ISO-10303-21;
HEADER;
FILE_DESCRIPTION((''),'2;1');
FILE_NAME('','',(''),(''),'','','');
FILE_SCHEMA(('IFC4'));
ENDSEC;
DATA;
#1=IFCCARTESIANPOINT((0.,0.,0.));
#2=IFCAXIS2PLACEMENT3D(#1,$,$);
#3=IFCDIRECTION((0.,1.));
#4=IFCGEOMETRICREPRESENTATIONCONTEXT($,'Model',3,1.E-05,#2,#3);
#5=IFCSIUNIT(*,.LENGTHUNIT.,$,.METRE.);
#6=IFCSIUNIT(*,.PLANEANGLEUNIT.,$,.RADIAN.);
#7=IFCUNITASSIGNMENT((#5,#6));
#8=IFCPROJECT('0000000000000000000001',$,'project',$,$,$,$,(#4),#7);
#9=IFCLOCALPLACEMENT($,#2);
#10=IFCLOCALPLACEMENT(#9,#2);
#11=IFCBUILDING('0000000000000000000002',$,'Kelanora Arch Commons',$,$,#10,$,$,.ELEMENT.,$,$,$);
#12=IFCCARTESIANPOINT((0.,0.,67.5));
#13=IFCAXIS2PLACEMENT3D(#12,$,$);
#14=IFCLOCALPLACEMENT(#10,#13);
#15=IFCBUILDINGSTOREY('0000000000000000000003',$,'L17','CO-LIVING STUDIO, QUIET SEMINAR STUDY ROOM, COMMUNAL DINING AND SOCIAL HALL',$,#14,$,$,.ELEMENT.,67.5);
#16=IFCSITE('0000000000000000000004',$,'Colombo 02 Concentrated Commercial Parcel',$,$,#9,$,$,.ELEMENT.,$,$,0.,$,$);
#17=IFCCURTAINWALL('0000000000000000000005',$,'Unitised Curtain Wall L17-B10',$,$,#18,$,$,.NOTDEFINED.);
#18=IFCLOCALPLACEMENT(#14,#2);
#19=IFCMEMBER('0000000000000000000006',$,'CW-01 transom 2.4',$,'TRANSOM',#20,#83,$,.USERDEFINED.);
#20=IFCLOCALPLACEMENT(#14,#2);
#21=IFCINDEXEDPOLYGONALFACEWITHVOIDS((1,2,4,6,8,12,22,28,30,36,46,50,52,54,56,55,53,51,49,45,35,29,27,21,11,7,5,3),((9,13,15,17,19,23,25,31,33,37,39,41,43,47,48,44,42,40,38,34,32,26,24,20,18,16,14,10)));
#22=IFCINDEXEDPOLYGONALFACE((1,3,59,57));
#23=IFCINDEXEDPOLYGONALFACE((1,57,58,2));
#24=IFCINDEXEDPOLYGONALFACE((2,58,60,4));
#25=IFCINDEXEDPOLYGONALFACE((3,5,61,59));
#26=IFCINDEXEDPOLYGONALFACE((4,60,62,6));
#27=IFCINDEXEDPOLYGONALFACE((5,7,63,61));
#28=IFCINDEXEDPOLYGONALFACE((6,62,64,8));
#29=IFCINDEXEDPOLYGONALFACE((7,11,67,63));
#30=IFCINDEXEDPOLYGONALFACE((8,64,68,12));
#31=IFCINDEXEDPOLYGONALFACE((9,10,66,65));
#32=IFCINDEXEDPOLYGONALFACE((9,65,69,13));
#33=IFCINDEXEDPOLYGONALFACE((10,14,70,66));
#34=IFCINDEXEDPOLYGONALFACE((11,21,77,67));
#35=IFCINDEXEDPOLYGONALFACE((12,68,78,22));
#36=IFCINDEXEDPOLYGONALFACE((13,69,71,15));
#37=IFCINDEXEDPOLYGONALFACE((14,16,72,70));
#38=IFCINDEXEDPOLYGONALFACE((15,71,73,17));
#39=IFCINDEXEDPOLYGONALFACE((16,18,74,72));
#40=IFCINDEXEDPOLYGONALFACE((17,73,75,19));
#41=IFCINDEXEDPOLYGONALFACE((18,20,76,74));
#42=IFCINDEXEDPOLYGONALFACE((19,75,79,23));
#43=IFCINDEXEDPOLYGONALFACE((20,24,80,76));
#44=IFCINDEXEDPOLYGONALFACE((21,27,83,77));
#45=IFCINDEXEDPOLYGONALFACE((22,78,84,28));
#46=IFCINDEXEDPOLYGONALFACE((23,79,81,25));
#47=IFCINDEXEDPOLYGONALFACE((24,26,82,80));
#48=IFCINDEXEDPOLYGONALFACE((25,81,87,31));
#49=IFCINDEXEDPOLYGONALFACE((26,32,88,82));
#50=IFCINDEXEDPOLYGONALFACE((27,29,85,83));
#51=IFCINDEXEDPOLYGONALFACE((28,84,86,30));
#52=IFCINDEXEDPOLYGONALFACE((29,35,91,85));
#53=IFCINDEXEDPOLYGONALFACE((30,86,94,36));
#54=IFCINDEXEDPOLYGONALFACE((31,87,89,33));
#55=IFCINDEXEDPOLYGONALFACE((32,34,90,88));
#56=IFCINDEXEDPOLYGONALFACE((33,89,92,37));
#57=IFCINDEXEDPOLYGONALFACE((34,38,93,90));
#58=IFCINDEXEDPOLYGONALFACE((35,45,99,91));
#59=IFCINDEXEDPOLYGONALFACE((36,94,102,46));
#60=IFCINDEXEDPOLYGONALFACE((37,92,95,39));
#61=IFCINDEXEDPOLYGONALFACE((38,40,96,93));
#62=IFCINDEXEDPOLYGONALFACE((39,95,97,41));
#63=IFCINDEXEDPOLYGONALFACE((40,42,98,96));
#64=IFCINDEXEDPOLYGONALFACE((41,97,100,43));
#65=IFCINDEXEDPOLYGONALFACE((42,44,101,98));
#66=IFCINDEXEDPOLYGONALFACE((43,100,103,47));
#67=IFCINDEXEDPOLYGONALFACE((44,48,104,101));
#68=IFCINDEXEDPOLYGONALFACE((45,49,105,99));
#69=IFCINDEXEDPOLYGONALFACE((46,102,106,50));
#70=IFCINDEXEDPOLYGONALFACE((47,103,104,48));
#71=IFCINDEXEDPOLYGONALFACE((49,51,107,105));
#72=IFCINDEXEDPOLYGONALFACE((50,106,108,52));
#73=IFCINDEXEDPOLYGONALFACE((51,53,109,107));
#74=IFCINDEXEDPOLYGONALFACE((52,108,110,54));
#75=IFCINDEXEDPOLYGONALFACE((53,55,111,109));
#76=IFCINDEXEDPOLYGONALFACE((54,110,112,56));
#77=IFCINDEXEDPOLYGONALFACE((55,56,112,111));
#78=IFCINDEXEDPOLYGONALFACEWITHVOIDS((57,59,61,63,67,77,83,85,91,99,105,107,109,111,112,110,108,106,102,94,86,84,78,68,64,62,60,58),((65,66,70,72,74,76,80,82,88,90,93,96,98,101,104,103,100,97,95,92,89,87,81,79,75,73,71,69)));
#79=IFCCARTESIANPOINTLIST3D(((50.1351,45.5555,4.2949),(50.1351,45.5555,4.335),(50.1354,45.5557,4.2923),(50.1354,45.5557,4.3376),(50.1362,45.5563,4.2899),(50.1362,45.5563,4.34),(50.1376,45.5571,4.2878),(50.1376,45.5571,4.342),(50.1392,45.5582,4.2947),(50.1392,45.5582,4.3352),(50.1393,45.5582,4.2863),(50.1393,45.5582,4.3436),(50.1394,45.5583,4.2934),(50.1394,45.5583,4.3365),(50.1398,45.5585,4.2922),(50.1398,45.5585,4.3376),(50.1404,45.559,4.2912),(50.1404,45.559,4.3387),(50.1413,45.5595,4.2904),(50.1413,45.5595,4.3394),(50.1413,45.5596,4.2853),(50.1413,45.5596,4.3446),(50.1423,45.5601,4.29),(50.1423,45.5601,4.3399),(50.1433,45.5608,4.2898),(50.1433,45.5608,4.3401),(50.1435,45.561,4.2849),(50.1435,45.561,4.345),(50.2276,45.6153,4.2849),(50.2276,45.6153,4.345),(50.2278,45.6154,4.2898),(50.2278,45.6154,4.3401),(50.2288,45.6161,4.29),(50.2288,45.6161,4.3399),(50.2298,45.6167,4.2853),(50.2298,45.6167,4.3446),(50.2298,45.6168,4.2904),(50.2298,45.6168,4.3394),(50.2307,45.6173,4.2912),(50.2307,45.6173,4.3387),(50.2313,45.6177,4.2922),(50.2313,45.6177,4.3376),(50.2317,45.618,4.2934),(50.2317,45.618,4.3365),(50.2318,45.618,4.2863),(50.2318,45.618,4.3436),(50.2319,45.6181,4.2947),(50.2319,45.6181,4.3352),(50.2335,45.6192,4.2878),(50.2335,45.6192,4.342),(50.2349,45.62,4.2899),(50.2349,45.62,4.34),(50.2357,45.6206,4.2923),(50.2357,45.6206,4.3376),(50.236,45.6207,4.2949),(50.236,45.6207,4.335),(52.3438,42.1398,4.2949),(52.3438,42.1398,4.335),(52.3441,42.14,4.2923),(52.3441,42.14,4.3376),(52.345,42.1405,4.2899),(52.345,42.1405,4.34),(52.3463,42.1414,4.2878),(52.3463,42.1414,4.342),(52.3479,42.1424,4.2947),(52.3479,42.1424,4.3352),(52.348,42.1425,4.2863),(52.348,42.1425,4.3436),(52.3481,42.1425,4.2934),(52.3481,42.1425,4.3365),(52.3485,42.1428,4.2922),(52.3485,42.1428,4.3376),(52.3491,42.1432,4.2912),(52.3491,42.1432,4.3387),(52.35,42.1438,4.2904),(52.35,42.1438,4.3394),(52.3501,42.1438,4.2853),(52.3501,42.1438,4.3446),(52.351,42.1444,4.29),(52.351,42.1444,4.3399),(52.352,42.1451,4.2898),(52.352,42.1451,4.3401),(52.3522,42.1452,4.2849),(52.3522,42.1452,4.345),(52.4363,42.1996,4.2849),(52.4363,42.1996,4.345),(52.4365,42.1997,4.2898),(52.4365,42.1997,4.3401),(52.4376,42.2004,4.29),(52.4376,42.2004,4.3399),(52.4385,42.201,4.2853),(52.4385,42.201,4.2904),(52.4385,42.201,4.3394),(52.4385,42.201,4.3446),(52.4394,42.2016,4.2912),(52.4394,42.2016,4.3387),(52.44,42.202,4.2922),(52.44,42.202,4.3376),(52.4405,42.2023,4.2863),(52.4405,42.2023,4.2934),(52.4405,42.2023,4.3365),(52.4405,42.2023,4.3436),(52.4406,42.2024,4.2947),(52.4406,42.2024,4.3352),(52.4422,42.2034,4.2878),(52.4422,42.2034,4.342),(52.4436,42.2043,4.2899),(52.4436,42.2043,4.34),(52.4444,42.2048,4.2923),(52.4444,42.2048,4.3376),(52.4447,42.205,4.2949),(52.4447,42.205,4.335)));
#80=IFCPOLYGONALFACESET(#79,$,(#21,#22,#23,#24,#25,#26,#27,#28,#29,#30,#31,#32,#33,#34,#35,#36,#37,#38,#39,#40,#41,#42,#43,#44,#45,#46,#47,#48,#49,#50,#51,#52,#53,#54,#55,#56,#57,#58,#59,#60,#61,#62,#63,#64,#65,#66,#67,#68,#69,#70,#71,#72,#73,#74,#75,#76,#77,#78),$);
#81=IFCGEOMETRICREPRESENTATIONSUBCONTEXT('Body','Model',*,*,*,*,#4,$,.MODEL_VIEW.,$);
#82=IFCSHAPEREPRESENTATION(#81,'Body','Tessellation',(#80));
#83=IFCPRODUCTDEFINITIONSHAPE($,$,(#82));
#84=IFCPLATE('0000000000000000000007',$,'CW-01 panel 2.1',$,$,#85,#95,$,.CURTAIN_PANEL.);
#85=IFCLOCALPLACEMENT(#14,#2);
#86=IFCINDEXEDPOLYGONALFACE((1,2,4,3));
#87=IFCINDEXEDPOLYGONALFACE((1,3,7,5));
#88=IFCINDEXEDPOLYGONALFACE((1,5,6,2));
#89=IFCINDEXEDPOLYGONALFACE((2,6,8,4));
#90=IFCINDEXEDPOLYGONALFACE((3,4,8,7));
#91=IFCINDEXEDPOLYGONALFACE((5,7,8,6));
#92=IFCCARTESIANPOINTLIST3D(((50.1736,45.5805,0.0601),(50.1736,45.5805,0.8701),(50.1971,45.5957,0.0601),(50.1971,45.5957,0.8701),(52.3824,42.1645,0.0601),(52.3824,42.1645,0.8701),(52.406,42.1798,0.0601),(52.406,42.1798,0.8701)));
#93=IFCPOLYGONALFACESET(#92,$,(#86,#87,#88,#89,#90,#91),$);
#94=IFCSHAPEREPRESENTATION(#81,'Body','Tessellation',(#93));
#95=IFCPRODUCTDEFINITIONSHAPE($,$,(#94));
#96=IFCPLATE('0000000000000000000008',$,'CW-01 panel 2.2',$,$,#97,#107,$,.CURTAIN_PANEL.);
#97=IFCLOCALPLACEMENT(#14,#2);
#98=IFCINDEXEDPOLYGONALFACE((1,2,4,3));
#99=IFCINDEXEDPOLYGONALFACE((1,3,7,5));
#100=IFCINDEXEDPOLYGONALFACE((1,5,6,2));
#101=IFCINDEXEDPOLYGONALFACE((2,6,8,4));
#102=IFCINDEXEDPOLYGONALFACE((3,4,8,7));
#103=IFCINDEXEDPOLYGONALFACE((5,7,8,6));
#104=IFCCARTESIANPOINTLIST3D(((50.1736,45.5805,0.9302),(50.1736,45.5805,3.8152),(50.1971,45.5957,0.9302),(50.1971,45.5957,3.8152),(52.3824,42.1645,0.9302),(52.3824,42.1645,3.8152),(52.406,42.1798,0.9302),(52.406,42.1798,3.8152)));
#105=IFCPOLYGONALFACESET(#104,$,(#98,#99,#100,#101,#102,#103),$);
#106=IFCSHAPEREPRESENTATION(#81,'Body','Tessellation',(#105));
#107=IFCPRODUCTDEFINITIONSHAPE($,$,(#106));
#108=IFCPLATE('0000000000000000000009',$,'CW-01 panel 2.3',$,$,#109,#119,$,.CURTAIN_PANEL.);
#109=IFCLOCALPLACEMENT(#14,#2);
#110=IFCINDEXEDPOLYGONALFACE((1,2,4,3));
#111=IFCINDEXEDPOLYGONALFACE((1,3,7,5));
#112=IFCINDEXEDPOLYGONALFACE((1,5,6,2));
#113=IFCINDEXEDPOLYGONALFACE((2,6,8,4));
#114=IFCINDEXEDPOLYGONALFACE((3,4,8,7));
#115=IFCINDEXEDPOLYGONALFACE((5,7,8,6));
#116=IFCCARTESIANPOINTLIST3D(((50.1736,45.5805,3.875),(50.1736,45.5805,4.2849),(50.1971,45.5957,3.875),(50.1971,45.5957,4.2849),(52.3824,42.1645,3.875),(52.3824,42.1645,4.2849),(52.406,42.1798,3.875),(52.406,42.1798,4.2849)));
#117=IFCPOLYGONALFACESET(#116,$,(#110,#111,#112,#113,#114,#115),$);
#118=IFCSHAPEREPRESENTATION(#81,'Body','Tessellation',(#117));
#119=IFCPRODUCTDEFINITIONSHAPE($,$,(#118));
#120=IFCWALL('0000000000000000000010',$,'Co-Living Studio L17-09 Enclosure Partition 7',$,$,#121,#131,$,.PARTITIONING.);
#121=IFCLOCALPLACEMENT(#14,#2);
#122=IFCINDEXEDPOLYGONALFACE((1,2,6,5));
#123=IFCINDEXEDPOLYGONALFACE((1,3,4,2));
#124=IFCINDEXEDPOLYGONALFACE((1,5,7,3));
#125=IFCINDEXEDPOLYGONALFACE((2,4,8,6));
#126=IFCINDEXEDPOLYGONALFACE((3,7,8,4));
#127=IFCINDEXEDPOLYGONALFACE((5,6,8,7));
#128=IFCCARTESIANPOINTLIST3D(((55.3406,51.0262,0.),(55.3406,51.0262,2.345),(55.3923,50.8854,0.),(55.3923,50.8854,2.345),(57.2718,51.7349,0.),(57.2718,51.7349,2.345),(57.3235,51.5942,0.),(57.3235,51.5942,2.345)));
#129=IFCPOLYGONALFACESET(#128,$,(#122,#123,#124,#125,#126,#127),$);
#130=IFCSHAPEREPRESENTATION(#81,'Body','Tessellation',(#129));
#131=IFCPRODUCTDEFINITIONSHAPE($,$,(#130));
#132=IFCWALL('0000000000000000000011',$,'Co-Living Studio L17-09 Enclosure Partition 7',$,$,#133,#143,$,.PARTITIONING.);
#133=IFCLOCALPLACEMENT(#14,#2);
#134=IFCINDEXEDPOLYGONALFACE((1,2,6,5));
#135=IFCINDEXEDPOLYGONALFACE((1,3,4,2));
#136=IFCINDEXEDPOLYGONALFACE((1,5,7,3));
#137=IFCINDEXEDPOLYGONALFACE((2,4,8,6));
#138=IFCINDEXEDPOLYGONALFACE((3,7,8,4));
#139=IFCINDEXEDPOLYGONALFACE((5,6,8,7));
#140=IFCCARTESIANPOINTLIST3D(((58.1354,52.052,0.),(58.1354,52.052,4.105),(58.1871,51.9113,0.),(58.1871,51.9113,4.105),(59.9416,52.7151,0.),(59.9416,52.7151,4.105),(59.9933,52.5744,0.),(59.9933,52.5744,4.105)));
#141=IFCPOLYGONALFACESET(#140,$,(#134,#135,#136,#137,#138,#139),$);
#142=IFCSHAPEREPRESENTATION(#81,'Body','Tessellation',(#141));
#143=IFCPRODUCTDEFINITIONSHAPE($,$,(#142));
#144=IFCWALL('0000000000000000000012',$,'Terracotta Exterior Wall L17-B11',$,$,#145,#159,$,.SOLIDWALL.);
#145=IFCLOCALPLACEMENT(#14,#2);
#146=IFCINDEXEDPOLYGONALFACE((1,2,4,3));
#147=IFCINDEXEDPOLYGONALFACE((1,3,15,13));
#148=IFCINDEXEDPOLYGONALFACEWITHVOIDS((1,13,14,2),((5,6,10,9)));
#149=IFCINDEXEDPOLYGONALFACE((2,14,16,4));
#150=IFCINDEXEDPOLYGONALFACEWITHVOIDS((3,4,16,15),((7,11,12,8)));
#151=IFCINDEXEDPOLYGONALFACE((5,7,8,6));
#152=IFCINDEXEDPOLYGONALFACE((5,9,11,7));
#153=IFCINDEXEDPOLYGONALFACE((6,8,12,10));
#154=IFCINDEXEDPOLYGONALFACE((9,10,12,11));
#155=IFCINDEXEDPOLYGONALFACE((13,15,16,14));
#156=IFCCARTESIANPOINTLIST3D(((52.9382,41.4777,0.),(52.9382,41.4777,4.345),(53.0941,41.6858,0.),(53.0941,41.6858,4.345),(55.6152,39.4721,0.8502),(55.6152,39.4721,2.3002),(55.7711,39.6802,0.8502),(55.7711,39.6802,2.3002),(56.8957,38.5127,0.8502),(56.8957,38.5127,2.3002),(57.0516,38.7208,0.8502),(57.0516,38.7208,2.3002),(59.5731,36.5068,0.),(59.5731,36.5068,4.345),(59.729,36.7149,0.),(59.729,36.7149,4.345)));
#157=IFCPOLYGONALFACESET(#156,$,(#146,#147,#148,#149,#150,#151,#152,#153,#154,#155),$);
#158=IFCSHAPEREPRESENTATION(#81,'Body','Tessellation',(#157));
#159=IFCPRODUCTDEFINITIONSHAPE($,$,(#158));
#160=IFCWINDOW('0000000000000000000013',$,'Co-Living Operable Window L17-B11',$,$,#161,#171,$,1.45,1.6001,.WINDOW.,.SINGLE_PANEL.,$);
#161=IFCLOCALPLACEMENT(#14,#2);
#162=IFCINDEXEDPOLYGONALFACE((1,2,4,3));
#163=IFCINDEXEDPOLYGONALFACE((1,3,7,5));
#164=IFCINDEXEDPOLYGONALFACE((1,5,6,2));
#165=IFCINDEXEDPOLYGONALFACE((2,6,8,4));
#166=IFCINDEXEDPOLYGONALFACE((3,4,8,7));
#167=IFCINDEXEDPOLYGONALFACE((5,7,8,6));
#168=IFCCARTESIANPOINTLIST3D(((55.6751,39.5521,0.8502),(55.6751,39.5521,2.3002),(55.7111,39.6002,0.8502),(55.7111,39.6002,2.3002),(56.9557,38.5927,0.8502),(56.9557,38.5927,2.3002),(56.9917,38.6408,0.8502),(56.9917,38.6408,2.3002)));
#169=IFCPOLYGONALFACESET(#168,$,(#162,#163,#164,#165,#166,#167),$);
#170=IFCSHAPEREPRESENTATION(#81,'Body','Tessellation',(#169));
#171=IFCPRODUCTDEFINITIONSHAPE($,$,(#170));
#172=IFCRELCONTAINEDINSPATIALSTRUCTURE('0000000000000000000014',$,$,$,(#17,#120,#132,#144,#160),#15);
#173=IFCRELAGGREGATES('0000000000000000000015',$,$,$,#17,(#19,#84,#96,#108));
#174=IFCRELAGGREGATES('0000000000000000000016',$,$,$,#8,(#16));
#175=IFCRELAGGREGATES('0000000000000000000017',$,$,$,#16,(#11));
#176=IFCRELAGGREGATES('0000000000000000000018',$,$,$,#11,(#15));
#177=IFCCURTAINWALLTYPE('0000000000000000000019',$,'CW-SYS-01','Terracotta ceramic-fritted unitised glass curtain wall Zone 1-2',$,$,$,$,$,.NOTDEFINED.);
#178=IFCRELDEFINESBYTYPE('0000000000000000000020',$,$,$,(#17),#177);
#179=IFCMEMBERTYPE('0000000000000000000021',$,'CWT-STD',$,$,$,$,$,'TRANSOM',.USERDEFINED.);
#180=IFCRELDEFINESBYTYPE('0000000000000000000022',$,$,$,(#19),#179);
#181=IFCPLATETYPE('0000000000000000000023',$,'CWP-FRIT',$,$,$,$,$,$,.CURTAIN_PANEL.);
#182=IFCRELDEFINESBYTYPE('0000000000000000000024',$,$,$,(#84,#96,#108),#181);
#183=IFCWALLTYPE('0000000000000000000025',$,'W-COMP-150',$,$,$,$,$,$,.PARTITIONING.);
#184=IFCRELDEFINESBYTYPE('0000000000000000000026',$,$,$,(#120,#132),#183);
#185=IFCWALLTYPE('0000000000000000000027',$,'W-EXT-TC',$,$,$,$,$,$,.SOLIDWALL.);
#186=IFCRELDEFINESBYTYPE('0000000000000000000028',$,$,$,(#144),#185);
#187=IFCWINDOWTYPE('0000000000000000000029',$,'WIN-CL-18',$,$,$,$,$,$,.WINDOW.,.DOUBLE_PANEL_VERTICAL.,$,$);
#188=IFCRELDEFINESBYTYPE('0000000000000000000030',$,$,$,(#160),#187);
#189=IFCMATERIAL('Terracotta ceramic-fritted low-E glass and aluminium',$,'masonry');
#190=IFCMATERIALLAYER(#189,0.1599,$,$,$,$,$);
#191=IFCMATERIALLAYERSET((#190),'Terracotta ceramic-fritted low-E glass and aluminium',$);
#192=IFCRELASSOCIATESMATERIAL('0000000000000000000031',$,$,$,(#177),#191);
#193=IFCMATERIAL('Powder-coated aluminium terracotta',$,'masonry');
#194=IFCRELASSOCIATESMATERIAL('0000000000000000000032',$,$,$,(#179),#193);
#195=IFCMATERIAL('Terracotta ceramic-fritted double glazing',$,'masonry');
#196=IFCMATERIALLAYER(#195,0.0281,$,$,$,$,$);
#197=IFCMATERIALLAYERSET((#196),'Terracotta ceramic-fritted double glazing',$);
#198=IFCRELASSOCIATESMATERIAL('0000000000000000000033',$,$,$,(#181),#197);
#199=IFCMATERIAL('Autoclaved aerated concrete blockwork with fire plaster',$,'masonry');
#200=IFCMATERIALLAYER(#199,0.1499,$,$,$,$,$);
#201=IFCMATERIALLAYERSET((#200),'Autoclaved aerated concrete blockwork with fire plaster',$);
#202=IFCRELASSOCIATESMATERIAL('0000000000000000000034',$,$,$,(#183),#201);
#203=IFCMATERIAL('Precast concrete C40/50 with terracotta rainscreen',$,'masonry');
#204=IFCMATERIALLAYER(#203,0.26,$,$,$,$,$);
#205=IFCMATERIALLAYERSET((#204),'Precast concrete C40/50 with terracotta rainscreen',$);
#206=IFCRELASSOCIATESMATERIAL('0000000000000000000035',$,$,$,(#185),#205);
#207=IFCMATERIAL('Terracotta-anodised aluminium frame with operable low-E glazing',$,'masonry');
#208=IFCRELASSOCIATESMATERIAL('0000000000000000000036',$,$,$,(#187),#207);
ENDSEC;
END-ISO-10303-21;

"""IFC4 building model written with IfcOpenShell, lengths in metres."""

from ifc_helpers import new_model, si_unit, direction, frame, frame_2d, origin, origin_2d, place, context, subcontext, project, spatial, rectangle, hollow_rectangle, extrude, source, transform, mapped, material, layer, layer_set, material_profile, profile_set, type_object, element, fill, aggregate, save


model = new_model("IFC4")

# Units and contexts
model_context = context("Model", 3, precision=1e-05, world=origin(), true_north=direction((0.0, 1.0)))
body_context = subcontext(model_context, "Body", "Model", "MODEL_VIEW")
ifc_project = project(units=[si_unit("LENGTHUNIT", "METRE"), si_unit("PLANEANGLEUNIT", "RADIAN")], contexts=[model_context])

# Site, building, storey
site_placement = place(None, origin())
site = spatial("IfcSite", under=ifc_project, at=site_placement, Name="Colombo 02 Concentrated Commercial Parcel", CompositionType="ELEMENT", RefElevation=0.0)
building_placement = place(site_placement, origin())
building = spatial("IfcBuilding", under=site, at=building_placement, Name="Kelanora Arch Commons", CompositionType="ELEMENT")
storey_placement = place(building_placement, frame((0.0, 0.0, 67.5)))
storey = spatial("IfcBuildingStorey", under=building, at=storey_placement, Name="L17", Description="CO-LIVING STUDIO, QUIET SEMINAR STUDY ROOM, COMMUNAL DINING AND SOCIAL HALL", CompositionType="ELEMENT", Elevation=67.5)

# Curtain wall, member, plates
ifc_material_1 = material(Name="Terracotta ceramic-fritted low-E glass and aluminium", Category="masonry")
ifc_layer_1 = layer(ifc_material_1, 0.1599)
ifc_layer_set_1 = layer_set([ifc_layer_1], Name="Terracotta ceramic-fritted low-E glass and aluminium")
curtain_wall_type = type_object("IfcCurtainWallType", Name="CW-SYS-01", Description="Terracotta ceramic-fritted unitised glass curtain wall Zone 1-2", PredefinedType="NOTDEFINED", material=ifc_layer_set_1)
curtain_wall_placement = place(storey_placement, origin())
curtain_wall = element("IfcCurtainWall", 1, at=curtain_wall_placement, inside=storey, type_object=curtain_wall_type, Name="Unitised Curtain Wall L17-B10", PredefinedType="NOTDEFINED")
ifc_material_2 = material(Name="Powder-coated aluminium terracotta", Category="masonry")
ifc_material_profile_1 = material_profile(ifc_material_2, hollow_rectangle(XDim=0.1201, YDim=0.0601, WallThickness=0.0049, InnerFilletRadius=0.0049, OuterFilletRadius=0.01, at=origin_2d()), Name="CWT120x60")
ifc_profile_set_1 = profile_set([ifc_material_profile_1], Name="Powder-coated aluminium terracotta")
member_type_1 = type_object("IfcMemberType", Name="CWT-STD", ElementType="TRANSOM", PredefinedType="USERDEFINED", material=ifc_profile_set_1)
member_1_placement = place(storey_placement, frame((50.1855, 45.5881, 4.3149), z_axis=(0.542997, -0.839734, 0.0), x_axis=(0.839734, 0.542997, 0.0)))
member_1 = element("IfcMember", 2, at=member_1_placement, type_object=member_type_1, Name="CW-01 transom 2.4", ObjectType="TRANSOM", PredefinedType="USERDEFINED", context=body_context, shape_type="SweptSolid", body=[
    extrude(hollow_rectangle(XDim=0.1201, YDim=0.0601, WallThickness=0.0049, InnerFilletRadius=0.0049, OuterFilletRadius=0.01, at=origin_2d()), origin(), (0.0, 0.0, 1.0), 4.0676),
])
ifc_material_3 = material(Name="Terracotta ceramic-fritted double glazing", Category="masonry")
ifc_layer_2 = layer(ifc_material_3, 0.0281)
ifc_layer_set_2 = layer_set([ifc_layer_2], Name="Terracotta ceramic-fritted double glazing")
plate_type = type_object("IfcPlateType", Name="CWP-FRIT", PredefinedType="CURTAIN_PANEL", material=ifc_layer_set_2)
shared_shape_1 = source(origin(), body_context, "Body", "SweptSolid", [
    extrude(rectangle(XDim=4.0679, YDim=0.0281, at=origin_2d()), origin(), (0.0, 0.0, 1.0), 0.8101),
])
plate_1_placement = place(storey_placement, frame((51.2898, 43.8801, 0.0601), z_axis=(0.0, 0.0, 1.0), x_axis=(0.543004, -0.83973, 0.0)))
plate_1 = element("IfcPlate", 3, at=plate_1_placement, type_object=plate_type, Name="CW-01 panel 2.1", PredefinedType="CURTAIN_PANEL", context=body_context, shape_type="MappedRepresentation", body=[
    mapped(shared_shape_1, transform((0.0, 0.0, 0.0), scale=1.0)),
])
shared_shape_2 = source(origin(), body_context, "Body", "SweptSolid", [
    extrude(rectangle(XDim=4.0679, YDim=0.0281, at=origin_2d()), origin(), (0.0, 0.0, 1.0), 2.885),
])
plate_2_placement = place(storey_placement, frame((51.2898, 43.8801, 0.9302), z_axis=(0.0, 0.0, 1.0), x_axis=(0.543004, -0.83973, 0.0)))
plate_2 = element("IfcPlate", 4, at=plate_2_placement, type_object=plate_type, Name="CW-01 panel 2.2", PredefinedType="CURTAIN_PANEL", context=body_context, shape_type="MappedRepresentation", body=[
    mapped(shared_shape_2, transform((0.0, 0.0, 0.0), scale=1.0)),
])
shared_shape_3 = source(origin(), body_context, "Body", "SweptSolid", [
    extrude(rectangle(XDim=4.0679, YDim=0.0281, at=origin_2d()), origin(), (0.0, 0.0, 1.0), 0.4099),
])
plate_3_placement = place(storey_placement, frame((51.2898, 43.8801, 3.875), z_axis=(0.0, 0.0, 1.0), x_axis=(0.543004, -0.83973, 0.0)))
plate_3 = element("IfcPlate", 5, at=plate_3_placement, type_object=plate_type, Name="CW-01 panel 2.3", PredefinedType="CURTAIN_PANEL", context=body_context, shape_type="MappedRepresentation", body=[
    mapped(shared_shape_3, transform((0.0, 0.0, 0.0), scale=1.0)),
])
aggregate(curtain_wall, [member_1, plate_1, plate_2, plate_3])

# Walls
ifc_material_4 = material(Name="Autoclaved aerated concrete blockwork with fire plaster", Category="masonry")
ifc_layer_3 = layer(ifc_material_4, 0.1499)
ifc_layer_set_3 = layer_set([ifc_layer_3], Name="Autoclaved aerated concrete blockwork with fire plaster")
wall_type_1 = type_object("IfcWallType", Name="W-COMP-150", PredefinedType="PARTITIONING", material=ifc_layer_set_3)
wall_1_placement = place(storey_placement, frame((55.3665, 50.9558, 0.0), z_axis=(0.0, 0.0, 1.0), x_axis=(0.938774, 0.344534, 0.0)))
element("IfcWall", 6, at=wall_1_placement, inside=storey, type_object=wall_type_1, Name="Co-Living Studio L17-09 Enclosure Partition 7", PredefinedType="PARTITIONING", context=body_context, shape_type="SweptSolid", body=[
    extrude(rectangle(XDim=2.0571, YDim=0.1499, at=frame_2d((1.0286, 0.0))), origin(), (0.0, 0.0, 1.0), 2.345),
])
wall_2_placement = place(storey_placement, frame((58.1614, 51.9817, 0.0), z_axis=(0.0, 0.0, 1.0), x_axis=(0.938737, 0.344635, 0.0)))
element("IfcWall", 7, at=wall_2_placement, inside=storey, type_object=wall_type_1, Name="Co-Living Studio L17-09 Enclosure Partition 7", PredefinedType="PARTITIONING", context=body_context, shape_type="SweptSolid", body=[
    extrude(rectangle(XDim=1.9241, YDim=0.1499, at=frame_2d((0.9619, 0.0))), origin(), (0.0, 0.0, 1.0), 4.105),
])

# Wall, opening, window
ifc_material_5 = material(Name="Precast concrete C40/50 with terracotta rainscreen", Category="masonry")
ifc_layer_4 = layer(ifc_material_5, 0.26)
ifc_layer_set_4 = layer_set([ifc_layer_4], Name="Precast concrete C40/50 with terracotta rainscreen")
wall_type_2 = type_object("IfcWallType", Name="W-EXT-TC", PredefinedType="SOLIDWALL", material=ifc_layer_set_4)
wall_3_placement = place(storey_placement, frame((53.0161, 41.5818, 0.0), z_axis=(0.0, 0.0, 1.0), x_axis=(0.800307, -0.59959, 0.0)))
wall_3 = element("IfcWall", 8, at=wall_3_placement, inside=storey, type_object=wall_type_2, Name="Terracotta Exterior Wall L17-B11", PredefinedType="SOLIDWALL", context=body_context, shape_type="SweptSolid", body=[
    extrude(rectangle(XDim=8.2905, YDim=0.26, at=frame_2d((4.1453, 0.0))), origin(), (0.0, 0.0, 1.0), 4.345),
])
opening_placement = place(wall_3_placement, frame((3.345, 0.0, 0.8501)))
opening = element("IfcOpeningElement", 9, at=opening_placement, cuts=wall_3, PredefinedType="OPENING", context=body_context, shape_type="SweptSolid", body=[
    extrude(rectangle(XDim=1.6001, YDim=1.45, at=frame_2d((0.8, 0.7251))), frame((0.0, 0.1401, 0.0), z_axis=(0.0, -1.0, 0.0), x_axis=(1.0, 0.0, 0.0)), (0.0, 0.0, 1.0), 0.28),
])
ifc_material_6 = material(Name="Terracotta-anodised aluminium frame with operable low-E glazing", Category="masonry")
window_type = type_object("IfcWindowType", Name="WIN-CL-18", PartitioningType="DOUBLE_PANEL_VERTICAL", PredefinedType="WINDOW", material=ifc_material_6)
window_placement = place(opening_placement, origin())
window = element("IfcWindow", 10, at=window_placement, inside=storey, type_object=window_type, Name="Co-Living Operable Window L17-B11", OverallHeight=1.45, OverallWidth=1.6001, PartitioningType="SINGLE_PANEL", PredefinedType="WINDOW", context=body_context, shape_type="SweptSolid", body=[
    extrude(rectangle(XDim=1.6001, YDim=1.45, at=frame_2d((0.8, 0.7251))), frame((0.0, 0.03, 0.0), z_axis=(0.0, -1.0, 0.0), x_axis=(1.0, 0.0, 0.0)), (0.0, 0.0, 1.0), 0.0601),
])
fill(opening, window)

save(model, "model.ifc")
